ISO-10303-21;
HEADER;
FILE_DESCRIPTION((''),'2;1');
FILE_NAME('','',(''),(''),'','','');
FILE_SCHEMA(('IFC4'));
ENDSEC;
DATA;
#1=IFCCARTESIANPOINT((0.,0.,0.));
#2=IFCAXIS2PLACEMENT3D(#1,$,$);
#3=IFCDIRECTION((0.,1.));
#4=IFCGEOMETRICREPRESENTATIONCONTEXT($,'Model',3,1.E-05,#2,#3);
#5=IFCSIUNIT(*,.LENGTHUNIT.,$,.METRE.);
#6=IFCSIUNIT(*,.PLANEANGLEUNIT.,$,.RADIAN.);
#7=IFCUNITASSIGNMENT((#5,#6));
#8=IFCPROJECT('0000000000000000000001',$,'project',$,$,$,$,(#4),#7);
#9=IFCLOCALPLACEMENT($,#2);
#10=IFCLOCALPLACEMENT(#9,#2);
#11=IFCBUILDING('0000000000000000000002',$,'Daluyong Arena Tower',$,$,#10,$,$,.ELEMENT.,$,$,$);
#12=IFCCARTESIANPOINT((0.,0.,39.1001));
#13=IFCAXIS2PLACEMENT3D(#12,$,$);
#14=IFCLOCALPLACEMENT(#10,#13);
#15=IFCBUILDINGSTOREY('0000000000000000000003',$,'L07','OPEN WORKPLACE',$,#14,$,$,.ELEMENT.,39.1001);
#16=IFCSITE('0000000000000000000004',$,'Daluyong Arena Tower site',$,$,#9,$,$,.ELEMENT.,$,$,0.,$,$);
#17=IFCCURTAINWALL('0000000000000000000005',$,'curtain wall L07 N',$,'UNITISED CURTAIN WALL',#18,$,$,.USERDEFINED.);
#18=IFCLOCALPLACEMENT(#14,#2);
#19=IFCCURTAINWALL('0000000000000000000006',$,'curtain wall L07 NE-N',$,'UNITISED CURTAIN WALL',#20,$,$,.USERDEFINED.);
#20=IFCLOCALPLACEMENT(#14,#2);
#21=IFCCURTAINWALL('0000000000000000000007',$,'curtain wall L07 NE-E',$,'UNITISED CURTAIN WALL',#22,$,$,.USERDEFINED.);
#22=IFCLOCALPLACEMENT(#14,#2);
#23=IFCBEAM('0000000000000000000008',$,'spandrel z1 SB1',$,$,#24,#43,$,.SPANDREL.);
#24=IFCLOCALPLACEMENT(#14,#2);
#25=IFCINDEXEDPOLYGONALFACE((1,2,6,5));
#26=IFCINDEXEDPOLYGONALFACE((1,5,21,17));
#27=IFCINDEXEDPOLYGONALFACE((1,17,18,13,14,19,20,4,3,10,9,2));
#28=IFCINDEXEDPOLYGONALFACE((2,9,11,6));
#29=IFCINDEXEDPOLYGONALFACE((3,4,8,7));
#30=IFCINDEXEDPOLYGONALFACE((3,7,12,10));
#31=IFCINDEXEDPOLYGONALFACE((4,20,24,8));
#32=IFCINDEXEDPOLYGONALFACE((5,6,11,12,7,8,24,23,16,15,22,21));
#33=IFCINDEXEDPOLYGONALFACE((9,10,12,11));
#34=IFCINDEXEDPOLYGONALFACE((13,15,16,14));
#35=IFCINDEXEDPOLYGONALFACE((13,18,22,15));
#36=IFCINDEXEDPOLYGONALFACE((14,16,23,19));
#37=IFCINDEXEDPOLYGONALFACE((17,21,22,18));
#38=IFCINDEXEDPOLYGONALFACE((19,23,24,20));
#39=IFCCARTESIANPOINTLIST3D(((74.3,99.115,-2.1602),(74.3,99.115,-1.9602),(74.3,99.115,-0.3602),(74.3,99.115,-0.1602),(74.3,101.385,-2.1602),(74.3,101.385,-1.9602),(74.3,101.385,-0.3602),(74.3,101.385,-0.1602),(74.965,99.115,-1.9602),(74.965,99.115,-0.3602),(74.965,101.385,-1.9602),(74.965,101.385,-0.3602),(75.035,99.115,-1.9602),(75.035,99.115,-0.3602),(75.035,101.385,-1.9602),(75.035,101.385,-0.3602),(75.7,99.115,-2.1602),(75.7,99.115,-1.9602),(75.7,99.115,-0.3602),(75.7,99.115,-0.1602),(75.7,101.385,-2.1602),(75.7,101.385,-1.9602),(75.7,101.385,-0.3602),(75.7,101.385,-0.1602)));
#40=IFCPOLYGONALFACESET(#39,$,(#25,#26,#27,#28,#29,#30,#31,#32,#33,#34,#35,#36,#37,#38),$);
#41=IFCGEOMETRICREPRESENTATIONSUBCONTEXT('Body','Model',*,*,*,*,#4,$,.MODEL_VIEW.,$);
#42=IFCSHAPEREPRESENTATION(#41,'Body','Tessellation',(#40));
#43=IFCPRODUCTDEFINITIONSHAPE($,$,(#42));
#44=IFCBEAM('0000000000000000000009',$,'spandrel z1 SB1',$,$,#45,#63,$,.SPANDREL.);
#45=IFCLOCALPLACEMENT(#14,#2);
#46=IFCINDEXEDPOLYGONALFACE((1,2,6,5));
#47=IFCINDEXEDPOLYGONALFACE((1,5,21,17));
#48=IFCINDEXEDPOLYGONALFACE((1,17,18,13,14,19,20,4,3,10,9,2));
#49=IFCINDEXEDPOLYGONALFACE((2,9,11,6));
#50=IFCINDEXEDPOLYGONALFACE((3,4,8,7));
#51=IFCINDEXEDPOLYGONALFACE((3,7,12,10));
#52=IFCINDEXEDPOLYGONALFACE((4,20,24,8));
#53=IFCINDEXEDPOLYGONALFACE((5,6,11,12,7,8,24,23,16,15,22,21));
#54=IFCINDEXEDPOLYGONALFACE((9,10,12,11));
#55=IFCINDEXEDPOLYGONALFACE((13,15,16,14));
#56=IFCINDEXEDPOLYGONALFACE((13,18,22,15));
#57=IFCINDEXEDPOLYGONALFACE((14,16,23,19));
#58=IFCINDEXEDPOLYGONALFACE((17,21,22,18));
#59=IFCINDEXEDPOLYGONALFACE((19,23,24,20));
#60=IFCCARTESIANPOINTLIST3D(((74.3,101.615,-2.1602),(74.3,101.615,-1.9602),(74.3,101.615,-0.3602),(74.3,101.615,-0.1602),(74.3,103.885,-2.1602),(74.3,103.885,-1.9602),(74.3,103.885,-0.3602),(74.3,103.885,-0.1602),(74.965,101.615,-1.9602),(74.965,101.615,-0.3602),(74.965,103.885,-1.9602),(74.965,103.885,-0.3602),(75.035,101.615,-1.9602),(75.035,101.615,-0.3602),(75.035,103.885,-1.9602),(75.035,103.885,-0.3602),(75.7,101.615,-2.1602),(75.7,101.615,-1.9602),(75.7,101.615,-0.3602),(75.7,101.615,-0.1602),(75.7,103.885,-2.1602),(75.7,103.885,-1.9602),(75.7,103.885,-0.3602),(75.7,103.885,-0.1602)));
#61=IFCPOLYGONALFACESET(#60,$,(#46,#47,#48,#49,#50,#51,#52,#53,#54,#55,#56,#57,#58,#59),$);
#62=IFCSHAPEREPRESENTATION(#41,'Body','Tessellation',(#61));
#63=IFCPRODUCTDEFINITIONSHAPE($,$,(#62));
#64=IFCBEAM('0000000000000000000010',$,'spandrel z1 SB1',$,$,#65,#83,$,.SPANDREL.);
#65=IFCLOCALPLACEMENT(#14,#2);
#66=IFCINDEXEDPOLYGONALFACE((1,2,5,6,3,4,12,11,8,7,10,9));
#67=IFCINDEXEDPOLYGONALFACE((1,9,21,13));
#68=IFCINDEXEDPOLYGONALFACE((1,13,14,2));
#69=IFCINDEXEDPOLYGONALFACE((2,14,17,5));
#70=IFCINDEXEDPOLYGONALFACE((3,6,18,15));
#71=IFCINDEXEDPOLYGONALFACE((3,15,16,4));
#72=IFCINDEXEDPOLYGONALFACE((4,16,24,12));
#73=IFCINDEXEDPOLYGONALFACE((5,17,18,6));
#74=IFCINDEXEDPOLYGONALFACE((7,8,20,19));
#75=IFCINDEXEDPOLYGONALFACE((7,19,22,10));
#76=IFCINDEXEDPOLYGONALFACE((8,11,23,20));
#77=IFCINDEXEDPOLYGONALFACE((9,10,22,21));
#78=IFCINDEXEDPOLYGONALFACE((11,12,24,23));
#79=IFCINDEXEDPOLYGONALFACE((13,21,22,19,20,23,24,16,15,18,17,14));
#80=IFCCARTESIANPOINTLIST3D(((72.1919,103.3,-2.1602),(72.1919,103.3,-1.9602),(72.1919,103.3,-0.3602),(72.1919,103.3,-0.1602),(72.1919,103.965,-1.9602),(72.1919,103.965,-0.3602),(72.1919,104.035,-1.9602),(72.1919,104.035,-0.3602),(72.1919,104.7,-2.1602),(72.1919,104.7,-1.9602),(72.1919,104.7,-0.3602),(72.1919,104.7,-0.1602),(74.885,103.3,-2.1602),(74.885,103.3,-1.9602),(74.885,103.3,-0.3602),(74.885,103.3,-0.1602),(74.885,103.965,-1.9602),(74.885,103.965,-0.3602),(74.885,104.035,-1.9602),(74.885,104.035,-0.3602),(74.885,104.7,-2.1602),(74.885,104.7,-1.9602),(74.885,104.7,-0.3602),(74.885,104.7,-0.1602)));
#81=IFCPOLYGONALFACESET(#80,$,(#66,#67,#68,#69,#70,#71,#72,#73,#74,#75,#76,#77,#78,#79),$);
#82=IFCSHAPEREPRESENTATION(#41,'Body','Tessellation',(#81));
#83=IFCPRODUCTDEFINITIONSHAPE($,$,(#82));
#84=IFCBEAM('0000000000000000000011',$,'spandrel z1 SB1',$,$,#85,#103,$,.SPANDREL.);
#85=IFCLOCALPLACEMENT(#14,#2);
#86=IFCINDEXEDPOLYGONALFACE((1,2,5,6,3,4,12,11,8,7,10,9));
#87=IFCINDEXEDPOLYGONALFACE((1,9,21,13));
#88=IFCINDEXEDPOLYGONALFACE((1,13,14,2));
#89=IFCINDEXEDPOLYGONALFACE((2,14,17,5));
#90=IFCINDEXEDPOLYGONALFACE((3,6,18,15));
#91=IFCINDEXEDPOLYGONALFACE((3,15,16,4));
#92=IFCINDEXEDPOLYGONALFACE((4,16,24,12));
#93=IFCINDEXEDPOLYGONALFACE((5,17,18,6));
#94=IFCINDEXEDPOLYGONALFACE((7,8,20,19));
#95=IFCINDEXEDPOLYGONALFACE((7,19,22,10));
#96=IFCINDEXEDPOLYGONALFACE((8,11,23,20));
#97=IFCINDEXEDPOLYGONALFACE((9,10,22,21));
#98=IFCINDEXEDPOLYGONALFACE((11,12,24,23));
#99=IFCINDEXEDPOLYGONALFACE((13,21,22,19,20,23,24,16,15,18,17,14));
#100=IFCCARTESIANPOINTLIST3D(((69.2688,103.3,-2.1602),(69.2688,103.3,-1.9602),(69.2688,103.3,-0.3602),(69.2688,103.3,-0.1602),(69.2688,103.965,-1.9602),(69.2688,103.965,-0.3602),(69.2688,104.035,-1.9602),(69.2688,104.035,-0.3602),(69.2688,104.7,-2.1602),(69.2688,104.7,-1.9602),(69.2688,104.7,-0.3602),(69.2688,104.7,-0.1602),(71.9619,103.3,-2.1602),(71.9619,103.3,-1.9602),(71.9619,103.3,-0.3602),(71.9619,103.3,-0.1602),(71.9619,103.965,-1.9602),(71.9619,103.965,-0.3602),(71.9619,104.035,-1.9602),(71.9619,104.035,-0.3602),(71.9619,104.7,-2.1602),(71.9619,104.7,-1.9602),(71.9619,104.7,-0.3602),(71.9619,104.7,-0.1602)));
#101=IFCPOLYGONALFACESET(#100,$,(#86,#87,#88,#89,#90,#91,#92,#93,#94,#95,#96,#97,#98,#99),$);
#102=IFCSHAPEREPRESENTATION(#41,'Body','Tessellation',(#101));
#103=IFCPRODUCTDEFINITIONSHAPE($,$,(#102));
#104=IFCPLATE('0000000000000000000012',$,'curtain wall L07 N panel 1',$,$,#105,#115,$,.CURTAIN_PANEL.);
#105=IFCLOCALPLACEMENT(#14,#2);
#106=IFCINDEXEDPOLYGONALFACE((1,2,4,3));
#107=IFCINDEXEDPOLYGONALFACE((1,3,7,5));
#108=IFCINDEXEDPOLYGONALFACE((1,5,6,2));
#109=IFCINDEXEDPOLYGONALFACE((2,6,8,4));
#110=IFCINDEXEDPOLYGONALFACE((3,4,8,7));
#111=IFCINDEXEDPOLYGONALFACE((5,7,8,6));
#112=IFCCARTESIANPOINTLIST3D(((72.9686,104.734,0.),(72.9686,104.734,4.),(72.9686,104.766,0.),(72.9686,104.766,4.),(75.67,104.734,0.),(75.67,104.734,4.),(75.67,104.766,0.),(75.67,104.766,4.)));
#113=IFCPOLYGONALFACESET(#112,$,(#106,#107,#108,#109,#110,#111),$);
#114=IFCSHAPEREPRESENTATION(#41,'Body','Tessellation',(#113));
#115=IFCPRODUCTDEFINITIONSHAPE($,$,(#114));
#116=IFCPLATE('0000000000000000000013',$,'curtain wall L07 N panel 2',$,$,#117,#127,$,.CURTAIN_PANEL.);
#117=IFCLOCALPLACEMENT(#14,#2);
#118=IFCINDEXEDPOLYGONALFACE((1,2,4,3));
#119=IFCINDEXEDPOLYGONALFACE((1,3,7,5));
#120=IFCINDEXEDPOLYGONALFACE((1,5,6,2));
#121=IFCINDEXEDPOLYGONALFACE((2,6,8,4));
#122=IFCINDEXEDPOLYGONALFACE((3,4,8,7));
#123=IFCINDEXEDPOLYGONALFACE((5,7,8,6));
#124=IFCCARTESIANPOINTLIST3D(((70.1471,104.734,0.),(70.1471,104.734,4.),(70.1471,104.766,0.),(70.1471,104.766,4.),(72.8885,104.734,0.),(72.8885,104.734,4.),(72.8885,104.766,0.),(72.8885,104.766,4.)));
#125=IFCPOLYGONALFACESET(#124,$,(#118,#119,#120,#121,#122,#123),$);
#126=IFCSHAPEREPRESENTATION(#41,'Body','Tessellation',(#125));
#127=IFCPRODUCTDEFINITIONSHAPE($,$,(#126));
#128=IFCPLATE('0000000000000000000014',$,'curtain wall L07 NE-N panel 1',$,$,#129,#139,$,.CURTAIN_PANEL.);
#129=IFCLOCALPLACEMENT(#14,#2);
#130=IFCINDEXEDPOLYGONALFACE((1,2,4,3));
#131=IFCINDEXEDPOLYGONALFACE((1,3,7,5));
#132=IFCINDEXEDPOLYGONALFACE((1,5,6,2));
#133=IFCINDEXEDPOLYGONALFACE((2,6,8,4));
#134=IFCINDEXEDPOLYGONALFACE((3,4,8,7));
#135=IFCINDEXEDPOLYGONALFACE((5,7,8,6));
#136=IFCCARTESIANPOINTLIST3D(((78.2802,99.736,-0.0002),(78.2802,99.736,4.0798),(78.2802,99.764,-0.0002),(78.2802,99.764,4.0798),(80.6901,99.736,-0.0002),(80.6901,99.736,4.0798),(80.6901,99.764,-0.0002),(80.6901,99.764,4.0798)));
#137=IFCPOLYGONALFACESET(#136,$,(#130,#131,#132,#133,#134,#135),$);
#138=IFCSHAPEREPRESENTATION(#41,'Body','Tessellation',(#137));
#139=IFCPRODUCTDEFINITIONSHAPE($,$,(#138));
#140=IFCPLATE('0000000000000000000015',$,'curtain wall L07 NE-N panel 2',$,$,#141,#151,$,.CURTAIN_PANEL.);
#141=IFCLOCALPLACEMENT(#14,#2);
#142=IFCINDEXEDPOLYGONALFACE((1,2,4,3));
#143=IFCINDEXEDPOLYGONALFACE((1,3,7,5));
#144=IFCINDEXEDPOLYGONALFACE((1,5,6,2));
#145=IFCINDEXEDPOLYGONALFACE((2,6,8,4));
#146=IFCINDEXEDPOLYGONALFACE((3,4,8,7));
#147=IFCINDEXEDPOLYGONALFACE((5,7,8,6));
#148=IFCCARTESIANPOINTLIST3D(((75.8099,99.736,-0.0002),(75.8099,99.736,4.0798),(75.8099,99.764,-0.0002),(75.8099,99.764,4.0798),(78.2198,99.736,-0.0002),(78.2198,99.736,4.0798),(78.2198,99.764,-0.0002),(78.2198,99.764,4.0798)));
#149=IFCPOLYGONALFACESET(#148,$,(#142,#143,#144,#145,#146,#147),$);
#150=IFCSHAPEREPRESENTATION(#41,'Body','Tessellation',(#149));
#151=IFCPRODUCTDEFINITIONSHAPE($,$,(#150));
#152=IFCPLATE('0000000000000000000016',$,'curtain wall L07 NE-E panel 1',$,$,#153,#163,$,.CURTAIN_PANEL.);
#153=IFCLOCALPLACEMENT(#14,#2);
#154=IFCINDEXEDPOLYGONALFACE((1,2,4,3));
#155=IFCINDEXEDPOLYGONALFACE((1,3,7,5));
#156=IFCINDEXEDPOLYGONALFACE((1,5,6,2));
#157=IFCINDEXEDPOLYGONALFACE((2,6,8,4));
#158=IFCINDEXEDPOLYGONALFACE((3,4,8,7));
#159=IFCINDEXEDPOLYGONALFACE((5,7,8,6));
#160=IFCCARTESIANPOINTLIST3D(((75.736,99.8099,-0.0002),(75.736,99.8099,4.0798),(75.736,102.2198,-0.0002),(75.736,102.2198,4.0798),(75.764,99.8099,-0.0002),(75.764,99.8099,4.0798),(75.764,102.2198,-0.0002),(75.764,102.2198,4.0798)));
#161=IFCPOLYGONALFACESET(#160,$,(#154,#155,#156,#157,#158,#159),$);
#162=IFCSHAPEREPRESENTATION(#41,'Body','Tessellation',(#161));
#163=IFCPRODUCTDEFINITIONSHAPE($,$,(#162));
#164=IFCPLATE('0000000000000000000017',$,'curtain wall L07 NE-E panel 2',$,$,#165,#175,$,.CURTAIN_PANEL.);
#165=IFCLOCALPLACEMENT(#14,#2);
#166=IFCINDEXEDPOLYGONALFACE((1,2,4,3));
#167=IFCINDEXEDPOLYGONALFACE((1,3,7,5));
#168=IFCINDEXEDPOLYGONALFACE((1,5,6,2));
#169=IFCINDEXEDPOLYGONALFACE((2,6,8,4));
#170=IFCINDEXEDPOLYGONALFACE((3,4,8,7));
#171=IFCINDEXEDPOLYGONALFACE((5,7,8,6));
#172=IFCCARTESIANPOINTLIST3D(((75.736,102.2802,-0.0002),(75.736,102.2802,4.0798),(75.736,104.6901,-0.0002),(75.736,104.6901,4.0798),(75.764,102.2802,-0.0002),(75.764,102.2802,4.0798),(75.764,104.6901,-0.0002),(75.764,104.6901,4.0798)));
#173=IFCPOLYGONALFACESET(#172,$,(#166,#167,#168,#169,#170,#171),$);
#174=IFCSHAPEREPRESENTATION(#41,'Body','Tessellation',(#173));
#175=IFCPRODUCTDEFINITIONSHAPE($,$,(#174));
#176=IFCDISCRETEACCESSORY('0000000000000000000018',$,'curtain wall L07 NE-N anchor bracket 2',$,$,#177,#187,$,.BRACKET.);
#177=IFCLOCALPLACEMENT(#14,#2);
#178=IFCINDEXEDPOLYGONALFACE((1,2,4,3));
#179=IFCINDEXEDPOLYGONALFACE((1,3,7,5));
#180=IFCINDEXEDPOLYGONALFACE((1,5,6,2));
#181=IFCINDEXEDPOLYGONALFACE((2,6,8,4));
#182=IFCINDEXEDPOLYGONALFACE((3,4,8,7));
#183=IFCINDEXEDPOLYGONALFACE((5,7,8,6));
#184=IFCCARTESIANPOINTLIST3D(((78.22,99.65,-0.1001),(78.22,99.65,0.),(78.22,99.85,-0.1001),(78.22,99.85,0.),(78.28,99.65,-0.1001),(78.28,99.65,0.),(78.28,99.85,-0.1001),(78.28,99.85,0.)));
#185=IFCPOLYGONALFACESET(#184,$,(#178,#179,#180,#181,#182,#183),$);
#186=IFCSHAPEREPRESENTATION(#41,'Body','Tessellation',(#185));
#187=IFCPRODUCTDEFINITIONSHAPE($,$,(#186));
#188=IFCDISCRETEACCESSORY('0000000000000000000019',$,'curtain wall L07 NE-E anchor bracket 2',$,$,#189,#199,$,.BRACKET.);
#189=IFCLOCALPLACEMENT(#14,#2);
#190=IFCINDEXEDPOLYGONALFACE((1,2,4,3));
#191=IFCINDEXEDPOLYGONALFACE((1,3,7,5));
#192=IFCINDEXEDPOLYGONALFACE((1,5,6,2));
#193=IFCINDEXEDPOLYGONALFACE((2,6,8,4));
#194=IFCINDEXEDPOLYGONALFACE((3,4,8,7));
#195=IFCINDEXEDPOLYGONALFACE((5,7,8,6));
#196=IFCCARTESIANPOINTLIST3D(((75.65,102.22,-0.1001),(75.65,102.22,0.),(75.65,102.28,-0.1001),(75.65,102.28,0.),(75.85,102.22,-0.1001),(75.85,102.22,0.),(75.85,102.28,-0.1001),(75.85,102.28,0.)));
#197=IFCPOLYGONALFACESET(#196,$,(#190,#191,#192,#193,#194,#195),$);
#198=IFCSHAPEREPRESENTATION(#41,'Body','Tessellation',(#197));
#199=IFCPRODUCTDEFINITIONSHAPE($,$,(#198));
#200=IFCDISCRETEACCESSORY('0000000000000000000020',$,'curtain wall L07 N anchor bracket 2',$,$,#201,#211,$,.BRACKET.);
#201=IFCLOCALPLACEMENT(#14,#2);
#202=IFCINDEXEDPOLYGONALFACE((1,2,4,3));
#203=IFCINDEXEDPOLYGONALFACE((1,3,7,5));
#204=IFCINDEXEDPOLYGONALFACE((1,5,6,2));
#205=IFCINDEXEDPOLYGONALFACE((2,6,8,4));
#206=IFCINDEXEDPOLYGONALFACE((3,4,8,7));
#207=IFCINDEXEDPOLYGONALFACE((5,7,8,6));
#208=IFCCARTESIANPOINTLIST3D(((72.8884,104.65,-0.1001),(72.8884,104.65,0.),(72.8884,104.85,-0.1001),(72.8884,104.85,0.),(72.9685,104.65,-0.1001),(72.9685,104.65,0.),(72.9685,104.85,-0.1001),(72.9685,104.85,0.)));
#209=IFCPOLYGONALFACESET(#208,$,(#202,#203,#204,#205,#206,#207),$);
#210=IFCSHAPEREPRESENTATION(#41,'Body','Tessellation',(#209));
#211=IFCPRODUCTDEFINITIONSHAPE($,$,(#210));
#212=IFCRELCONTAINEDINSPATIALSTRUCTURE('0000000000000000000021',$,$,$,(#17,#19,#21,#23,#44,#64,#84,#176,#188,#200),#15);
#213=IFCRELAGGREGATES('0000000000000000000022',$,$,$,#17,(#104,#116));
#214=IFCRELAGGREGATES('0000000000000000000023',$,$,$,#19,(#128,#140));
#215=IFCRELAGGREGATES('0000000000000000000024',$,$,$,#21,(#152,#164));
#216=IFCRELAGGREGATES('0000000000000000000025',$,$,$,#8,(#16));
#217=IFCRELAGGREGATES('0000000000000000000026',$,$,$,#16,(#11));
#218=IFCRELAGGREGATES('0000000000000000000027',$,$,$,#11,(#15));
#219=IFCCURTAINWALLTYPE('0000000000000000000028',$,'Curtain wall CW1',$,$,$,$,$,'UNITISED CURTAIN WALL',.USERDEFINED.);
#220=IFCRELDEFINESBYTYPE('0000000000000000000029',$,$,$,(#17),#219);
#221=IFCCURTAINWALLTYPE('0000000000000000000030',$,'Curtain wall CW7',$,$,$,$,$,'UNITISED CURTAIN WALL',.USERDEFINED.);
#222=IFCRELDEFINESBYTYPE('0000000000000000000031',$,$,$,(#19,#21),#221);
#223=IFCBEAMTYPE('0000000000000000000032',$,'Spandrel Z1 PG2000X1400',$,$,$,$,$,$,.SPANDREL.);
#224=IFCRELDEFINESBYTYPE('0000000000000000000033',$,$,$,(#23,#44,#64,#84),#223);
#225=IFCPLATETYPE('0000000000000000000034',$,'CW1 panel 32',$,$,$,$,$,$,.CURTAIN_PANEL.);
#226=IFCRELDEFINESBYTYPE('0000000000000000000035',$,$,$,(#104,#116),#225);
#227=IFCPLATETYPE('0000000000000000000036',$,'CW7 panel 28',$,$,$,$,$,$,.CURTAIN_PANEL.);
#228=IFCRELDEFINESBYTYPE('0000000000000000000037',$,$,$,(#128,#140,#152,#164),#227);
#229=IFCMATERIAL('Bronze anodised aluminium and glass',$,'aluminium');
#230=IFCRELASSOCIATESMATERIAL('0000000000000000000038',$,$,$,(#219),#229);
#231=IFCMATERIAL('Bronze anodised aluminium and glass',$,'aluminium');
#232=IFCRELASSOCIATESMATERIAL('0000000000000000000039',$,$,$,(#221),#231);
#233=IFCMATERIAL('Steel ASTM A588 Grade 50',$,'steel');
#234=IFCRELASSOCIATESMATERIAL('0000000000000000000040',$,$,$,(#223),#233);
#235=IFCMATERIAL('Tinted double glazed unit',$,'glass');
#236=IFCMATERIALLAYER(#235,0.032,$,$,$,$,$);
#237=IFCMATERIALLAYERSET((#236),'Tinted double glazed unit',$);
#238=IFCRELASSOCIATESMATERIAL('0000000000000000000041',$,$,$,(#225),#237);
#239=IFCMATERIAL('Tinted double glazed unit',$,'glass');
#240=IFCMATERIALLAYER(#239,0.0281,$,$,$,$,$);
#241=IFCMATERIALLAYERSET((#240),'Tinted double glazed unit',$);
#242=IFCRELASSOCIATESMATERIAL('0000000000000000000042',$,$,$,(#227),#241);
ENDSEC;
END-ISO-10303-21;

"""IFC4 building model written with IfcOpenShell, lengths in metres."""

from ifc_helpers import new_model, si_unit, direction, frame, origin, origin_2d, place, context, subcontext, project, spatial, rectangle, i_section, extrude, material, layer, layer_set, material_profile, profile_set, type_object, element, aggregate, save


model = new_model("IFC4")

# Units and contexts
model_context = context("Model", 3, precision=1e-05, world=origin(), true_north=direction((0.0, 1.0)))
body_context = subcontext(model_context, "Body", "Model", "MODEL_VIEW")
ifc_project = project(units=[si_unit("LENGTHUNIT", "METRE"), si_unit("PLANEANGLEUNIT", "RADIAN")], contexts=[model_context])

# Site, building, storey
site_placement = place(None, origin())
site = spatial("IfcSite", under=ifc_project, at=site_placement, Name="Daluyong Arena Tower site", CompositionType="ELEMENT", RefElevation=0.0)
building_placement = place(site_placement, origin())
building = spatial("IfcBuilding", under=site, at=building_placement, Name="Daluyong Arena Tower", CompositionType="ELEMENT")
storey_placement = place(building_placement, frame((0.0, 0.0, 39.1001)))
storey = spatial("IfcBuildingStorey", under=building, at=storey_placement, Name="L07", Description="OPEN WORKPLACE", CompositionType="ELEMENT", Elevation=39.1001)

# Shared definitions
ifc_material_1 = material(Name="Bronze anodised aluminium and glass", Category="aluminium")
curtain_wall_type_1 = type_object("IfcCurtainWallType", Name="Curtain wall CW1", ElementType="UNITISED CURTAIN WALL", PredefinedType="USERDEFINED", material=ifc_material_1)

# Curtain walls
curtain_wall_1_placement = place(storey_placement, origin())
curtain_wall_1 = element("IfcCurtainWall", 1, at=curtain_wall_1_placement, inside=storey, type_object=curtain_wall_type_1, Name="curtain wall L07 N", ObjectType="UNITISED CURTAIN WALL", PredefinedType="USERDEFINED")
ifc_material_2 = material(Name="Bronze anodised aluminium and glass", Category="aluminium")
curtain_wall_type_2 = type_object("IfcCurtainWallType", Name="Curtain wall CW7", ElementType="UNITISED CURTAIN WALL", PredefinedType="USERDEFINED", material=ifc_material_2)
curtain_wall_2_placement = place(storey_placement, origin())
curtain_wall_2 = element("IfcCurtainWall", 2, at=curtain_wall_2_placement, inside=storey, type_object=curtain_wall_type_2, Name="curtain wall L07 NE-N", ObjectType="UNITISED CURTAIN WALL", PredefinedType="USERDEFINED")
curtain_wall_3_placement = place(storey_placement, origin())
curtain_wall_3 = element("IfcCurtainWall", 3, at=curtain_wall_3_placement, inside=storey, type_object=curtain_wall_type_2, Name="curtain wall L07 NE-E", ObjectType="UNITISED CURTAIN WALL", PredefinedType="USERDEFINED")

# Beams
ifc_material_3 = material(Name="Steel ASTM A588 Grade 50", Category="steel")
ifc_material_profile_1 = material_profile(ifc_material_3, i_section(OverallWidth=1.3999, OverallDepth=2.0, WebThickness=0.07, FlangeThickness=0.2, at=origin_2d()))
ifc_profile_set_1 = profile_set([ifc_material_profile_1], Name="Steel ASTM A588 Grade 50")
beam_type_1 = type_object("IfcBeamType", Name="Spandrel Z1 PG2000X1400", PredefinedType="SPANDREL", material=ifc_profile_set_1)
for number, where, z_axis, x_axis, name in (
    (4, (75.0, 99.115, -1.1602), (0.0, 1.0, 0.0), (-1.0, 0.0, 0.0), "spandrel z1 SB1"),
    (5, (75.0, 101.615, -1.1602), (0.0, 1.0, 0.0), (-1.0, 0.0, 0.0), "spandrel z1 SB1"),
):
    element("IfcBeam", number, at=place(storey_placement, frame(where, z_axis=z_axis, x_axis=x_axis)), inside=storey, type_object=beam_type_1, Name=name, PredefinedType="SPANDREL", context=body_context, shape_type="SweptSolid", body=[
        extrude(i_section(OverallWidth=1.3999, OverallDepth=2.0, WebThickness=0.07, FlangeThickness=0.2, at=origin_2d()), origin(), (0.0, 0.0, 1.0), 2.27),
    ])
for number, where, z_axis, x_axis, name in (
    (6, (74.885, 104.0, -1.1602), (-1.0, 0.0, 0.0), (0.0, -1.0, 0.0), "spandrel z1 SB1"),
    (7, (71.9619, 104.0, -1.1602), (-1.0, 0.0, 0.0), (0.0, -1.0, 0.0), "spandrel z1 SB1"),
):
    element("IfcBeam", number, at=place(storey_placement, frame(where, z_axis=z_axis, x_axis=x_axis)), inside=storey, type_object=beam_type_1, Name=name, PredefinedType="SPANDREL", context=body_context, shape_type="SweptSolid", body=[
        extrude(i_section(OverallWidth=1.3999, OverallDepth=2.0, WebThickness=0.07, FlangeThickness=0.2, at=origin_2d()), origin(), (0.0, 0.0, 1.0), 2.6931),
    ])

# Plates
ifc_material_4 = material(Name="Tinted double glazed unit", Category="glass")
ifc_layer_1 = layer(ifc_material_4, 0.032)
ifc_layer_set_1 = layer_set([ifc_layer_1], Name="Tinted double glazed unit")
plate_type_1 = type_object("IfcPlateType", Name="CW1 panel 32", PredefinedType="CURTAIN_PANEL", material=ifc_layer_set_1)
plate_1_placement = place(storey_placement, frame((74.3193, 104.75, 0.0), z_axis=(0.0, 0.0, 1.0), x_axis=(-1.0, 0.0, 0.0)))
plate_1 = element("IfcPlate", 8, at=plate_1_placement, type_object=plate_type_1, Name="curtain wall L07 N panel 1", PredefinedType="CURTAIN_PANEL", context=body_context, shape_type="SweptSolid", body=[
    extrude(rectangle(XDim=2.7014, YDim=0.032, at=origin_2d()), origin(), (0.0, 0.0, 1.0), 4.0),
])
plate_2_placement = place(storey_placement, frame((71.5178, 104.75, 0.0), z_axis=(0.0, 0.0, 1.0), x_axis=(-1.0, 0.0, 0.0)))
plate_2 = element("IfcPlate", 9, at=plate_2_placement, type_object=plate_type_1, Name="curtain wall L07 N panel 2", PredefinedType="CURTAIN_PANEL", context=body_context, shape_type="SweptSolid", body=[
    extrude(rectangle(XDim=2.7415, YDim=0.032, at=origin_2d()), origin(), (0.0, 0.0, 1.0), 4.0),
])
aggregate(curtain_wall_1, [plate_1, plate_2])
ifc_material_5 = material(Name="Tinted double glazed unit", Category="glass")
ifc_layer_2 = layer(ifc_material_5, 0.0281)
ifc_layer_set_2 = layer_set([ifc_layer_2], Name="Tinted double glazed unit")
plate_type_2 = type_object("IfcPlateType", Name="CW7 panel 28", PredefinedType="CURTAIN_PANEL", material=ifc_layer_set_2)
plate_3_placement = place(storey_placement, frame((79.4851, 99.75, -0.0002), z_axis=(0.0, 0.0, 1.0), x_axis=(-1.0, 0.0, 0.0)))
plate_3 = element("IfcPlate", 10, at=plate_3_placement, type_object=plate_type_2, Name="curtain wall L07 NE-N panel 1", PredefinedType="CURTAIN_PANEL", context=body_context, shape_type="SweptSolid", body=[
    extrude(rectangle(XDim=2.4099, YDim=0.0281, at=origin_2d()), origin(), (0.0, 0.0, 1.0), 4.0801),
])
plate_4_placement = place(storey_placement, frame((77.0149, 99.75, -0.0002), z_axis=(0.0, 0.0, 1.0), x_axis=(-1.0, 0.0, 0.0)))
plate_4 = element("IfcPlate", 11, at=plate_4_placement, type_object=plate_type_2, Name="curtain wall L07 NE-N panel 2", PredefinedType="CURTAIN_PANEL", context=body_context, shape_type="SweptSolid", body=[
    extrude(rectangle(XDim=2.4099, YDim=0.0281, at=origin_2d()), origin(), (0.0, 0.0, 1.0), 4.0801),
])
aggregate(curtain_wall_2, [plate_3, plate_4])
plate_5_placement = place(storey_placement, frame((75.75, 101.0149, -0.0002), z_axis=(0.0, 0.0, 1.0), x_axis=(0.0, 1.0, 0.0)))
plate_5 = element("IfcPlate", 12, at=plate_5_placement, type_object=plate_type_2, Name="curtain wall L07 NE-E panel 1", PredefinedType="CURTAIN_PANEL", context=body_context, shape_type="SweptSolid", body=[
    extrude(rectangle(XDim=2.4099, YDim=0.0281, at=origin_2d()), origin(), (0.0, 0.0, 1.0), 4.0801),
])
plate_6_placement = place(storey_placement, frame((75.75, 103.4851, -0.0002), z_axis=(0.0, 0.0, 1.0), x_axis=(0.0, 1.0, 0.0)))
plate_6 = element("IfcPlate", 13, at=plate_6_placement, type_object=plate_type_2, Name="curtain wall L07 NE-E panel 2", PredefinedType="CURTAIN_PANEL", context=body_context, shape_type="SweptSolid", body=[
    extrude(rectangle(XDim=2.4099, YDim=0.0281, at=origin_2d()), origin(), (0.0, 0.0, 1.0), 4.0801),
])
aggregate(curtain_wall_3, [plate_5, plate_6])

# Discrete accessories
for number, where, z_axis, x_axis, name in (
    (14, (78.25, 99.75, -0.1001), (0.0, 0.0, 1.0), (-1.0, 0.0, 0.0), "curtain wall L07 NE-N anchor bracket 2"),
    (15, (75.75, 102.25, -0.1001), (0.0, 0.0, 1.0), (0.0, 1.0, 0.0), "curtain wall L07 NE-E anchor bracket 2"),
):
    element("IfcDiscreteAccessory", number, at=place(storey_placement, frame(where, z_axis=z_axis, x_axis=x_axis)), inside=storey, Name=name, PredefinedType="BRACKET", context=body_context, shape_type="SweptSolid", body=[
        extrude(rectangle(XDim=0.0601, YDim=0.2, at=origin_2d()), origin(), (0.0, 0.0, 1.0), 0.1001),
    ])
discrete_accessory_placement = place(storey_placement, frame((72.9285, 104.75, -0.1001), z_axis=(0.0, 0.0, 1.0), x_axis=(-1.0, 0.0, 0.0)))
element("IfcDiscreteAccessory", 16, at=discrete_accessory_placement, inside=storey, Name="curtain wall L07 N anchor bracket 2", PredefinedType="BRACKET", context=body_context, shape_type="SweptSolid", body=[
    extrude(rectangle(XDim=0.0801, YDim=0.2, at=origin_2d()), origin(), (0.0, 0.0, 1.0), 0.1001),
])

save(model, "model.ifc")
